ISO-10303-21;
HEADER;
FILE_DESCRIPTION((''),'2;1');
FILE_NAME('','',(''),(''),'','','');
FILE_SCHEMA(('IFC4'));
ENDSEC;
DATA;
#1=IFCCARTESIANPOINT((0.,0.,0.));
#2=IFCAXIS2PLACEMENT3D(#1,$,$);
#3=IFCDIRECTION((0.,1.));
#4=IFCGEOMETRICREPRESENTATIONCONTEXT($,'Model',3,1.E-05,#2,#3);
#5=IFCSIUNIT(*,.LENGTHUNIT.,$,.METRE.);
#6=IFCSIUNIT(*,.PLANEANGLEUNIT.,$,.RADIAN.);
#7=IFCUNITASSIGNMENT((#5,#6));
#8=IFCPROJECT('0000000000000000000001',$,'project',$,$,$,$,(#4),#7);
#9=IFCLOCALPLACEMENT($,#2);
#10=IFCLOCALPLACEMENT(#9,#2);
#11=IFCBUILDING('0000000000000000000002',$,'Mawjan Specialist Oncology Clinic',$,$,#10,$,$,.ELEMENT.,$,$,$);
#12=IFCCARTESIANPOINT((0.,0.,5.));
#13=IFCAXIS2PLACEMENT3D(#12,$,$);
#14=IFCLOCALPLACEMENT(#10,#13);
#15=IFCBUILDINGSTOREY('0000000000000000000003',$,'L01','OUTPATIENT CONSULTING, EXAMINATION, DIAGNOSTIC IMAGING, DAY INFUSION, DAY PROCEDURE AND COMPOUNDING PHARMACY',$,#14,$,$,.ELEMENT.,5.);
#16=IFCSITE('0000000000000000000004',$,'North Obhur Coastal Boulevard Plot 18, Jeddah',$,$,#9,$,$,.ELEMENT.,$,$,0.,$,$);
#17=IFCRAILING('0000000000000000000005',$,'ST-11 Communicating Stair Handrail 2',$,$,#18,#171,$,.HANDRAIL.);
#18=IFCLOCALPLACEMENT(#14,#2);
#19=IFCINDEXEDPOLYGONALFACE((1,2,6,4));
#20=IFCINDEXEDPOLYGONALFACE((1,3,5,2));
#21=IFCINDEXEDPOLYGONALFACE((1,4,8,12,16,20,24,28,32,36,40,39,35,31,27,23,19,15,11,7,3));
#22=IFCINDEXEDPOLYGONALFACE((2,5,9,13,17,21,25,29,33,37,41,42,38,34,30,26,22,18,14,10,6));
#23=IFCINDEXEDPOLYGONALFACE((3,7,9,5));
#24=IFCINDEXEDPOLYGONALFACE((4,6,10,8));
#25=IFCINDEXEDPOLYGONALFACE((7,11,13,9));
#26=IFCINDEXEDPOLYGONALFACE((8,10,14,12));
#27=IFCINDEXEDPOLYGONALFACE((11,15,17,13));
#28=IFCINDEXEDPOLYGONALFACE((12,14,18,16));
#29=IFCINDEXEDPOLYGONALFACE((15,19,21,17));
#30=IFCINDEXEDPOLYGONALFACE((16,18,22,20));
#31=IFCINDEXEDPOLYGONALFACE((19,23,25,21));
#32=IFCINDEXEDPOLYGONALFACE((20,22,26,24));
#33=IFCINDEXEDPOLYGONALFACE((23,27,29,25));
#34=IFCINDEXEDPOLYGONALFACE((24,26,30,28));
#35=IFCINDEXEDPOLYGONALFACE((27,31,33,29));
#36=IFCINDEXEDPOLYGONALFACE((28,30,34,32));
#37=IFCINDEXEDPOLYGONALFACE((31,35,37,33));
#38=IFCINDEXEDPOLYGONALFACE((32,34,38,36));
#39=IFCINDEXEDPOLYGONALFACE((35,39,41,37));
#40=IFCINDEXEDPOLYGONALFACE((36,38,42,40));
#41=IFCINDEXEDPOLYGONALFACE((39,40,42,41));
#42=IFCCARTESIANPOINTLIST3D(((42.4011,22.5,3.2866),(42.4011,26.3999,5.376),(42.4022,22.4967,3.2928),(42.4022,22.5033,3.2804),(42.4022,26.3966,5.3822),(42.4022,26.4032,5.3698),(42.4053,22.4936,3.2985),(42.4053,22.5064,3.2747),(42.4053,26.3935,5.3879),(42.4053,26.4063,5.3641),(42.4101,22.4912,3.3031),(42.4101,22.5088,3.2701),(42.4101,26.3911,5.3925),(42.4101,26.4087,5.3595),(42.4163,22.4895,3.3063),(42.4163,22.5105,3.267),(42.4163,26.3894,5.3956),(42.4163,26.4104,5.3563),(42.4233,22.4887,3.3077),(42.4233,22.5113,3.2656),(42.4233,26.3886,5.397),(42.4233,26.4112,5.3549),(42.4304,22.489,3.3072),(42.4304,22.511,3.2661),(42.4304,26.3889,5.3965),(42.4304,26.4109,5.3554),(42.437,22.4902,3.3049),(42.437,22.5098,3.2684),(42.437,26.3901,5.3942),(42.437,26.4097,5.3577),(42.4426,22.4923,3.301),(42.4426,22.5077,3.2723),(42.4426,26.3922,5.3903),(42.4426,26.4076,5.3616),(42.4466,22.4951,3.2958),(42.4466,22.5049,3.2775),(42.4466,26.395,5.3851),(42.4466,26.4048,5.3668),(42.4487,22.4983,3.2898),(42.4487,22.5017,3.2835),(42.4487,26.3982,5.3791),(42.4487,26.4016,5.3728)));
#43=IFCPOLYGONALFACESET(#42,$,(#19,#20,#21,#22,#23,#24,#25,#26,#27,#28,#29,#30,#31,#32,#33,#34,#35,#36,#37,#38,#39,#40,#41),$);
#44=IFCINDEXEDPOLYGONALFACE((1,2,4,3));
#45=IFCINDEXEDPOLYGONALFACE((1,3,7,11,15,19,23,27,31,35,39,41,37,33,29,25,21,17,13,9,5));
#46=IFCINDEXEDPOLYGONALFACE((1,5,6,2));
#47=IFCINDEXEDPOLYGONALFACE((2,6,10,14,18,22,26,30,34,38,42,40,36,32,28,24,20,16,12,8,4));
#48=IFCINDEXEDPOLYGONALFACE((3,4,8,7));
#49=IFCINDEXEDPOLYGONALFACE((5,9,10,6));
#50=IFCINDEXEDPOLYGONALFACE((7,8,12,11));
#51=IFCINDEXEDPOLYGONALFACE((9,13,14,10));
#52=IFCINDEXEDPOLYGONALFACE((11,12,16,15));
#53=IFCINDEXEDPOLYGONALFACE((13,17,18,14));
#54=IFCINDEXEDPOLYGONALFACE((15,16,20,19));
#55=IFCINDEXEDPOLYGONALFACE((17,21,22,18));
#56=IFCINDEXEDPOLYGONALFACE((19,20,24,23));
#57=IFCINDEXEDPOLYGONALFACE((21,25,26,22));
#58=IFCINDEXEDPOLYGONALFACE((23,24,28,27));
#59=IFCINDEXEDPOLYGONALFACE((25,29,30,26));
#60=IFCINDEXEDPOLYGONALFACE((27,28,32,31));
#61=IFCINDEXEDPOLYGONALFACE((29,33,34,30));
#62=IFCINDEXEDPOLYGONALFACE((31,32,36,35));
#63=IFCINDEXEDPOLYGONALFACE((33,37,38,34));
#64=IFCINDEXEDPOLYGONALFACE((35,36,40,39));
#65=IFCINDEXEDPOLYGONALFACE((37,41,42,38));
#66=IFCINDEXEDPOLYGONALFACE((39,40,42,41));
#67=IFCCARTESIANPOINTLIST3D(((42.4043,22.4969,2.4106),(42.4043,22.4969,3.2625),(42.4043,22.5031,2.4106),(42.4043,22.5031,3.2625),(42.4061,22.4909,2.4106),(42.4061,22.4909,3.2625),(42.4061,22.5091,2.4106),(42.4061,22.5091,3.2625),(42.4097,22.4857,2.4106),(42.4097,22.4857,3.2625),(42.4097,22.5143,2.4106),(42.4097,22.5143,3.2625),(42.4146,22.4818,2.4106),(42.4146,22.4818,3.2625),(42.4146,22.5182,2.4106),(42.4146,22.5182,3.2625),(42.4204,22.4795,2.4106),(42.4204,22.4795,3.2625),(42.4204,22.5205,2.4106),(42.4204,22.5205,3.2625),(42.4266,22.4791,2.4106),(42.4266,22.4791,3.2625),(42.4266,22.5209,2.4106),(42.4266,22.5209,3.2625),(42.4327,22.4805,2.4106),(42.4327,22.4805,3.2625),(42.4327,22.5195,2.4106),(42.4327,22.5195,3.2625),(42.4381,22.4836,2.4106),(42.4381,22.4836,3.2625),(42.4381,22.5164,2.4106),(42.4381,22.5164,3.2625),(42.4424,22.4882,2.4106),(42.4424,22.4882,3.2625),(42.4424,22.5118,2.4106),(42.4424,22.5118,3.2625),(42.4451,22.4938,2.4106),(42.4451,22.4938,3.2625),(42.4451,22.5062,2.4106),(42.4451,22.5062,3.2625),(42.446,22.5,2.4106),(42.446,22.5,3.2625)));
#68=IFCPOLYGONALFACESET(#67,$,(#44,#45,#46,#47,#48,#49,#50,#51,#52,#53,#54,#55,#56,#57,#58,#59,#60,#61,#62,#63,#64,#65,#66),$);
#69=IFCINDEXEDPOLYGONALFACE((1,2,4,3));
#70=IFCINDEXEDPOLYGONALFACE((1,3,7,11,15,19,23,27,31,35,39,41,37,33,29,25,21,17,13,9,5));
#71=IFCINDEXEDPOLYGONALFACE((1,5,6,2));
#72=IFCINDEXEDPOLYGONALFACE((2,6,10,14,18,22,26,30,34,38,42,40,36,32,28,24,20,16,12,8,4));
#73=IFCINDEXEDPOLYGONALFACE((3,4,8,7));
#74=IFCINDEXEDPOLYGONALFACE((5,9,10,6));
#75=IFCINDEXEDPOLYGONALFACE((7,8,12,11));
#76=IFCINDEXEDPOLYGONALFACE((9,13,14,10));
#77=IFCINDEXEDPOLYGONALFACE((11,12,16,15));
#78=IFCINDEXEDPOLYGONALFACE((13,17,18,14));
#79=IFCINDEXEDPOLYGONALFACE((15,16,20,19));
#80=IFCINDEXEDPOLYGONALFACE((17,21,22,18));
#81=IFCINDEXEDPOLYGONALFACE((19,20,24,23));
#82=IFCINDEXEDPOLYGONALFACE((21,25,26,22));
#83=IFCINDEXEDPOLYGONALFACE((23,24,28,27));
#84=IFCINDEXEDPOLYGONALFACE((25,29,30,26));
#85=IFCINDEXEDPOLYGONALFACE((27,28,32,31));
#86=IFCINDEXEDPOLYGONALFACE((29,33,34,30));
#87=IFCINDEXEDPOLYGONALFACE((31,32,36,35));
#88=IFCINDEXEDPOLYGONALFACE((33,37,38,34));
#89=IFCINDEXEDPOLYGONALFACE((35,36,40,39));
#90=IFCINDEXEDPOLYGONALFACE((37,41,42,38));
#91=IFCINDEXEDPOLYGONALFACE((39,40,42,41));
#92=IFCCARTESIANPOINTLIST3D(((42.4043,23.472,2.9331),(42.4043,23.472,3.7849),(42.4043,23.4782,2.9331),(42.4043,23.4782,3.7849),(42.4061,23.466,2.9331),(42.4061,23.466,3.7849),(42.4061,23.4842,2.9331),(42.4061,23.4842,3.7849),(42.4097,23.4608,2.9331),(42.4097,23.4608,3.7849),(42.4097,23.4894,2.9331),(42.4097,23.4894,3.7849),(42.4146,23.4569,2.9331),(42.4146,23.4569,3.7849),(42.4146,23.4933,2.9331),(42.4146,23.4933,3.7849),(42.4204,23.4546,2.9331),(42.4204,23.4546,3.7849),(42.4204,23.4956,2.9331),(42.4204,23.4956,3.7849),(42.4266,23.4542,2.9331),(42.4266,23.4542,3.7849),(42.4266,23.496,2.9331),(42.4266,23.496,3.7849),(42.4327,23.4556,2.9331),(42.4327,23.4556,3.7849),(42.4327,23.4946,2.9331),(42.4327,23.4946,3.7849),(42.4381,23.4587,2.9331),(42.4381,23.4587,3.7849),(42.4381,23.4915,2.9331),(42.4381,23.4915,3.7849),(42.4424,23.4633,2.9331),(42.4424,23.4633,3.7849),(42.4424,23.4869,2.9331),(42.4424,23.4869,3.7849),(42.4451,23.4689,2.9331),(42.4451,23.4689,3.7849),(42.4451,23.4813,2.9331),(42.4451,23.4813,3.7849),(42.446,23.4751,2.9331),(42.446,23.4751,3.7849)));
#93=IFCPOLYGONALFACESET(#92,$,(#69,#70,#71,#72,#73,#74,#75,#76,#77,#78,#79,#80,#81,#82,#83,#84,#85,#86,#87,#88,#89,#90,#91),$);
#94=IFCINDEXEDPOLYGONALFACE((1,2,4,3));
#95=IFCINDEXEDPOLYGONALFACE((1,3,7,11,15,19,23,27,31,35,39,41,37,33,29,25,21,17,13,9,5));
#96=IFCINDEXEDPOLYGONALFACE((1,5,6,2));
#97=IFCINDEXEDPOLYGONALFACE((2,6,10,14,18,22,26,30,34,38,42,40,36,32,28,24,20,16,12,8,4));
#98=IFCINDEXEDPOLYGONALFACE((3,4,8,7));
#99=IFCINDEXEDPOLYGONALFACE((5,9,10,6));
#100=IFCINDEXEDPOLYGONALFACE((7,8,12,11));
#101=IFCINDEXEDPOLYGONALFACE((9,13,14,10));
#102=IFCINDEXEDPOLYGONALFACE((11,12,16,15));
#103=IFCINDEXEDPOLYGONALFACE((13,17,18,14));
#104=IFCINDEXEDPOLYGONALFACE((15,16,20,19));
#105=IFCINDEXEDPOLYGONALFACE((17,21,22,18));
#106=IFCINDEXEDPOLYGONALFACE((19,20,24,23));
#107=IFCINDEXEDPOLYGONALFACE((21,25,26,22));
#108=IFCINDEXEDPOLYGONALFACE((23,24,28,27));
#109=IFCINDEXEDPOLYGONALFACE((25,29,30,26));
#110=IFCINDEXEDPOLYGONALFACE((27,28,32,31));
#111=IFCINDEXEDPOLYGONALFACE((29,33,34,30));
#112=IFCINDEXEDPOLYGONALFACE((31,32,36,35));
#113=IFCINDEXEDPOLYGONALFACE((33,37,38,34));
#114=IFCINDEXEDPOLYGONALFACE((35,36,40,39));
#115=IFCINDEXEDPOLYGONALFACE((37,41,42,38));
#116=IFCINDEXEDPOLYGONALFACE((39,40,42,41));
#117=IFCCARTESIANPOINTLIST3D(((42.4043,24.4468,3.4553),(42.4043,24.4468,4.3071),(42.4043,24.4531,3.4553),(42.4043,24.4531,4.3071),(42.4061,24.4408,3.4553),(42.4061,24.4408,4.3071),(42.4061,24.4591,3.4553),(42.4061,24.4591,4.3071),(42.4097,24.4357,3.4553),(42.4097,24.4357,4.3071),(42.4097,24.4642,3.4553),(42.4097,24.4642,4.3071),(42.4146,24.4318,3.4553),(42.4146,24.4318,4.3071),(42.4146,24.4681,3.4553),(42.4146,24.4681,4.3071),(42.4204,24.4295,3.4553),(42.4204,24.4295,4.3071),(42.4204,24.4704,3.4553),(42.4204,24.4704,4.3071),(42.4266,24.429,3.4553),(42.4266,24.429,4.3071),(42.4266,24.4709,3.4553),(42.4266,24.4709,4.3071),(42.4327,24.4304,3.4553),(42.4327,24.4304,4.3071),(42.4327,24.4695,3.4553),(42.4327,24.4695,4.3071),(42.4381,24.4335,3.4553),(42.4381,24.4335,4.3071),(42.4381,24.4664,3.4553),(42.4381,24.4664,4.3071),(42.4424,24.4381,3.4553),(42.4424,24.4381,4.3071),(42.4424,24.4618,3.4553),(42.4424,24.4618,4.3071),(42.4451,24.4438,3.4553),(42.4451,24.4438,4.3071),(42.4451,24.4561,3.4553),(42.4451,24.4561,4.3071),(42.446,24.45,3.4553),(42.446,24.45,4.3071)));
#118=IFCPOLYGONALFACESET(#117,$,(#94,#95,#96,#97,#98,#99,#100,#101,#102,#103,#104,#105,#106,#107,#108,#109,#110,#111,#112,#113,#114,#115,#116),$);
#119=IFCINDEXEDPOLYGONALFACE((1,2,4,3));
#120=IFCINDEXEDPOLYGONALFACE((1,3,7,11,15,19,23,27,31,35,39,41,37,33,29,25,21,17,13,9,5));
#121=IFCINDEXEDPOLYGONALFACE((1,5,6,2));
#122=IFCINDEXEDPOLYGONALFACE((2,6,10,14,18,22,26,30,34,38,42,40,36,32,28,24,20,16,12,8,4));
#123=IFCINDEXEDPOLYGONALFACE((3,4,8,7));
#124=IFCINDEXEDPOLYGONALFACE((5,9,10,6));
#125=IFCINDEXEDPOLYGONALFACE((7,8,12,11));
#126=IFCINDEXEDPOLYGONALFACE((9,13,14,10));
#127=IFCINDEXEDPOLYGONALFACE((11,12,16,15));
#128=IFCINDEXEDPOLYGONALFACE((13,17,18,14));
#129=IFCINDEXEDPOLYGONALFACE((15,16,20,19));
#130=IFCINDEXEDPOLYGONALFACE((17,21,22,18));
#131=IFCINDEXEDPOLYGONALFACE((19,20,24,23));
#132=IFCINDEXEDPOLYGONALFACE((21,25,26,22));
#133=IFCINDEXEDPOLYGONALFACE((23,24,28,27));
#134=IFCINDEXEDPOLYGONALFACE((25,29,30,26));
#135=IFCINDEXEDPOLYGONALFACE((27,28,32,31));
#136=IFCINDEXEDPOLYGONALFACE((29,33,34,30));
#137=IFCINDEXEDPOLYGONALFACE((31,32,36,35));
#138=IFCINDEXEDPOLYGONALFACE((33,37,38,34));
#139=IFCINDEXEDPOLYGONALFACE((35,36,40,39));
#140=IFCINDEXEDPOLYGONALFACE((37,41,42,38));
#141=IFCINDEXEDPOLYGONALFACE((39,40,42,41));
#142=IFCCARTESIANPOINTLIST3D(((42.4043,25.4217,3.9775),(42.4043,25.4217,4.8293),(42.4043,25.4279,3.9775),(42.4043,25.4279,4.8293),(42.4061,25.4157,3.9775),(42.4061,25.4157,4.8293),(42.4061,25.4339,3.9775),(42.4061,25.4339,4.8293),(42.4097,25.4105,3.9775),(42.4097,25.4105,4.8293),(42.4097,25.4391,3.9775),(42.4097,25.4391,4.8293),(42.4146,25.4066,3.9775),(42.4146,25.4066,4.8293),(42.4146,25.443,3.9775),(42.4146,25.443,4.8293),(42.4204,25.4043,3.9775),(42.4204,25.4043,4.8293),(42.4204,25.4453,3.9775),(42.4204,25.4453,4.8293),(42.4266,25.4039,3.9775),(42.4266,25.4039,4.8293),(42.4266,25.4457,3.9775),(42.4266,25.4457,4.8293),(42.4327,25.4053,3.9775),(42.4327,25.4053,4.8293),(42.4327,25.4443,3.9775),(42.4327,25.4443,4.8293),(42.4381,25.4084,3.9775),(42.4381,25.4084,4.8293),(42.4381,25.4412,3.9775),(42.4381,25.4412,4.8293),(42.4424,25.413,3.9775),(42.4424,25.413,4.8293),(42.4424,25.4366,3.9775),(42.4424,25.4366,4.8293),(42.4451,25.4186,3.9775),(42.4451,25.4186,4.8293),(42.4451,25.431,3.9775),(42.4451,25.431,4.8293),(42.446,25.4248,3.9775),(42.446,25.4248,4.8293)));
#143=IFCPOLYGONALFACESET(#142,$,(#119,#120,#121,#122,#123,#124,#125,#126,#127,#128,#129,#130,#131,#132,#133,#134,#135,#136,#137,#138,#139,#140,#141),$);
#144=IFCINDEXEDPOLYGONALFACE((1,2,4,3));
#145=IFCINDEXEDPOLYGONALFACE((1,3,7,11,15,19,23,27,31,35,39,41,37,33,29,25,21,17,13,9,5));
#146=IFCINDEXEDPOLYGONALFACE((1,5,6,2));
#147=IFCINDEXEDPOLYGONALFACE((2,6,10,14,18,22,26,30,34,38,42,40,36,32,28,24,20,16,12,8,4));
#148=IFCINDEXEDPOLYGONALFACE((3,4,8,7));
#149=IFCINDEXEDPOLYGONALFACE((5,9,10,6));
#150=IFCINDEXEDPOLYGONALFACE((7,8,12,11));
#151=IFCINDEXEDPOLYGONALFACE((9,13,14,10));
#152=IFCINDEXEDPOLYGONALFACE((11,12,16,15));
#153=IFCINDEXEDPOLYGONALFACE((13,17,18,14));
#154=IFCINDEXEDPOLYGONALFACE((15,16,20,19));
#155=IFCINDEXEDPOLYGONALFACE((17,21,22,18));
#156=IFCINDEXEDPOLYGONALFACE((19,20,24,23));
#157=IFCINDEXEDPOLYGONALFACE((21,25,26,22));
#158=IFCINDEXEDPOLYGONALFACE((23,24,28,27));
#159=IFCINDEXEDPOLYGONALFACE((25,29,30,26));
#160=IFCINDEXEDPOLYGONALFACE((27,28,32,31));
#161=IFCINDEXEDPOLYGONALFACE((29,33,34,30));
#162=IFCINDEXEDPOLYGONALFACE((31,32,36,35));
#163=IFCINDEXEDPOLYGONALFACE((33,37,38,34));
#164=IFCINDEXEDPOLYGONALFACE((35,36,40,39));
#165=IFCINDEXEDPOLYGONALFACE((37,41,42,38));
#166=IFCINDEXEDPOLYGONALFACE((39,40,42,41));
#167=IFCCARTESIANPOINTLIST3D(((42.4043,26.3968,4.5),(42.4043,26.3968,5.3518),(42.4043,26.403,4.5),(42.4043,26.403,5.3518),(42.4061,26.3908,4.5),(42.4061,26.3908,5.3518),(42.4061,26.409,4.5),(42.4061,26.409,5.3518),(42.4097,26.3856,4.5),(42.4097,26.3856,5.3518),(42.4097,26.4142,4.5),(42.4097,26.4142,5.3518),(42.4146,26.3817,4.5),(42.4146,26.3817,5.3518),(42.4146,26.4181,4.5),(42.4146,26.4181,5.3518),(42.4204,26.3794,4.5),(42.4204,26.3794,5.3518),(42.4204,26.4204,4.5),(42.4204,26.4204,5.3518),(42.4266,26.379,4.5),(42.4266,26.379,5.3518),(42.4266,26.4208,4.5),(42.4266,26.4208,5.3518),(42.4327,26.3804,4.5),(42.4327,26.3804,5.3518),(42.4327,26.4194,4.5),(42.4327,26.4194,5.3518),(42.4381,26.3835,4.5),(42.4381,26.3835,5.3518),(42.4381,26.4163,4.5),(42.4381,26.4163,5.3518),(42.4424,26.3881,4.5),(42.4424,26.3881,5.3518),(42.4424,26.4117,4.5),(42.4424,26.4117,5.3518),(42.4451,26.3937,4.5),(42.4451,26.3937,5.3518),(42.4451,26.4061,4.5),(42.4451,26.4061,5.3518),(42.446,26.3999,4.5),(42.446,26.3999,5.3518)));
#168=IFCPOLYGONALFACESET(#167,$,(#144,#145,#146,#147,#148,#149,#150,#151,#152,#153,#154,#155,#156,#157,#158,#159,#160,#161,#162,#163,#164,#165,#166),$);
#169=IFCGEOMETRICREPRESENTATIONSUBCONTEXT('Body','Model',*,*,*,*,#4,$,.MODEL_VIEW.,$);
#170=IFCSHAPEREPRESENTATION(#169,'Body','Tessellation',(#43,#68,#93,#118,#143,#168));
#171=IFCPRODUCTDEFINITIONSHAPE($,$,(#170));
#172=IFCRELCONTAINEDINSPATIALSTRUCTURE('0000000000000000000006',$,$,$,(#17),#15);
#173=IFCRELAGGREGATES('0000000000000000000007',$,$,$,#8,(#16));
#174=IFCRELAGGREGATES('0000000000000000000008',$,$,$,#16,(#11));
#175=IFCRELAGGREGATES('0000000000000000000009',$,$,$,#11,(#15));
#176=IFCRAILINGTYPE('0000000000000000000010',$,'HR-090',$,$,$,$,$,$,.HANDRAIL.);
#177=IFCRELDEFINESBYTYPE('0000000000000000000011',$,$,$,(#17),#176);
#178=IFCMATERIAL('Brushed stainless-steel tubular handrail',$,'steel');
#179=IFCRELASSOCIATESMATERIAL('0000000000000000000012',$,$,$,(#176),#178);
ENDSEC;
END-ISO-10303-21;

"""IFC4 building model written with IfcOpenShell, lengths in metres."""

from ifc_helpers import new_model, si_unit, direction, frame, origin, origin_2d, place, context, subcontext, project, spatial, circle, extrude, material, type_object, element, save


model = new_model("IFC4")

# Units and contexts
model_context = context("Model", 3, precision=1e-05, world=origin(), true_north=direction((0.0, 1.0)))
body_context = subcontext(model_context, "Body", "Model", "MODEL_VIEW")
ifc_project = project(units=[si_unit("LENGTHUNIT", "METRE"), si_unit("PLANEANGLEUNIT", "RADIAN")], contexts=[model_context])

# Site, building, storey
site_placement = place(None, origin())
site = spatial("IfcSite", under=ifc_project, at=site_placement, Name="North Obhur Coastal Boulevard Plot 18, Jeddah", CompositionType="ELEMENT", RefElevation=0.0)
building_placement = place(site_placement, origin())
building = spatial("IfcBuilding", under=site, at=building_placement, Name="Mawjan Specialist Oncology Clinic", CompositionType="ELEMENT")
storey_placement = place(building_placement, frame((0.0, 0.0, 5.0)))
storey = spatial("IfcBuildingStorey", under=building, at=storey_placement, Name="L01", Description="OUTPATIENT CONSULTING, EXAMINATION, DIAGNOSTIC IMAGING, DAY INFUSION, DAY PROCEDURE AND COMPOUNDING PHARMACY", CompositionType="ELEMENT", Elevation=5.0)

# Railing
ifc_material_1 = material(Name="Brushed stainless-steel tubular handrail", Category="steel")
railing_type = type_object("IfcRailingType", Name="HR-090", PredefinedType="HANDRAIL", material=ifc_material_1)
for number, where, name in (
    (1, (42.425, 22.5, 2.4106), "ST-11 Communicating Stair Handrail 2"),
):
    element("IfcRailing", number, at=place(storey_placement, frame(where)), inside=storey, type_object=railing_type, Name=name, PredefinedType="HANDRAIL", context=body_context, shape_type="SweptSolid", body=[
        extrude(circle(Radius=0.0239, at=origin_2d()), frame((0.0, 0.0, 0.876), z_axis=(0.0, 0.881468, 0.472243), x_axis=(-1.0, 0.0, 0.0)), (0.0, 0.0, 1.0), 4.4243),
        extrude(circle(Radius=0.021, at=origin_2d()), origin(), (0.0, 0.0, 1.0), 0.8518),
        extrude(circle(Radius=0.021, at=origin_2d()), frame((0.0, 0.9751, 0.5225)), (0.0, 0.0, 1.0), 0.8518),
        extrude(circle(Radius=0.021, at=origin_2d()), frame((0.0, 1.95, 1.0447)), (0.0, 0.0, 1.0), 0.8518),
        extrude(circle(Radius=0.021, at=origin_2d()), frame((0.0, 2.9248, 1.5669)), (0.0, 0.0, 1.0), 0.8518),
        extrude(circle(Radius=0.021, at=origin_2d()), frame((0.0, 3.8999, 2.0894)), (0.0, 0.0, 1.0), 0.8518),
    ])

save(model, "model.ifc")
